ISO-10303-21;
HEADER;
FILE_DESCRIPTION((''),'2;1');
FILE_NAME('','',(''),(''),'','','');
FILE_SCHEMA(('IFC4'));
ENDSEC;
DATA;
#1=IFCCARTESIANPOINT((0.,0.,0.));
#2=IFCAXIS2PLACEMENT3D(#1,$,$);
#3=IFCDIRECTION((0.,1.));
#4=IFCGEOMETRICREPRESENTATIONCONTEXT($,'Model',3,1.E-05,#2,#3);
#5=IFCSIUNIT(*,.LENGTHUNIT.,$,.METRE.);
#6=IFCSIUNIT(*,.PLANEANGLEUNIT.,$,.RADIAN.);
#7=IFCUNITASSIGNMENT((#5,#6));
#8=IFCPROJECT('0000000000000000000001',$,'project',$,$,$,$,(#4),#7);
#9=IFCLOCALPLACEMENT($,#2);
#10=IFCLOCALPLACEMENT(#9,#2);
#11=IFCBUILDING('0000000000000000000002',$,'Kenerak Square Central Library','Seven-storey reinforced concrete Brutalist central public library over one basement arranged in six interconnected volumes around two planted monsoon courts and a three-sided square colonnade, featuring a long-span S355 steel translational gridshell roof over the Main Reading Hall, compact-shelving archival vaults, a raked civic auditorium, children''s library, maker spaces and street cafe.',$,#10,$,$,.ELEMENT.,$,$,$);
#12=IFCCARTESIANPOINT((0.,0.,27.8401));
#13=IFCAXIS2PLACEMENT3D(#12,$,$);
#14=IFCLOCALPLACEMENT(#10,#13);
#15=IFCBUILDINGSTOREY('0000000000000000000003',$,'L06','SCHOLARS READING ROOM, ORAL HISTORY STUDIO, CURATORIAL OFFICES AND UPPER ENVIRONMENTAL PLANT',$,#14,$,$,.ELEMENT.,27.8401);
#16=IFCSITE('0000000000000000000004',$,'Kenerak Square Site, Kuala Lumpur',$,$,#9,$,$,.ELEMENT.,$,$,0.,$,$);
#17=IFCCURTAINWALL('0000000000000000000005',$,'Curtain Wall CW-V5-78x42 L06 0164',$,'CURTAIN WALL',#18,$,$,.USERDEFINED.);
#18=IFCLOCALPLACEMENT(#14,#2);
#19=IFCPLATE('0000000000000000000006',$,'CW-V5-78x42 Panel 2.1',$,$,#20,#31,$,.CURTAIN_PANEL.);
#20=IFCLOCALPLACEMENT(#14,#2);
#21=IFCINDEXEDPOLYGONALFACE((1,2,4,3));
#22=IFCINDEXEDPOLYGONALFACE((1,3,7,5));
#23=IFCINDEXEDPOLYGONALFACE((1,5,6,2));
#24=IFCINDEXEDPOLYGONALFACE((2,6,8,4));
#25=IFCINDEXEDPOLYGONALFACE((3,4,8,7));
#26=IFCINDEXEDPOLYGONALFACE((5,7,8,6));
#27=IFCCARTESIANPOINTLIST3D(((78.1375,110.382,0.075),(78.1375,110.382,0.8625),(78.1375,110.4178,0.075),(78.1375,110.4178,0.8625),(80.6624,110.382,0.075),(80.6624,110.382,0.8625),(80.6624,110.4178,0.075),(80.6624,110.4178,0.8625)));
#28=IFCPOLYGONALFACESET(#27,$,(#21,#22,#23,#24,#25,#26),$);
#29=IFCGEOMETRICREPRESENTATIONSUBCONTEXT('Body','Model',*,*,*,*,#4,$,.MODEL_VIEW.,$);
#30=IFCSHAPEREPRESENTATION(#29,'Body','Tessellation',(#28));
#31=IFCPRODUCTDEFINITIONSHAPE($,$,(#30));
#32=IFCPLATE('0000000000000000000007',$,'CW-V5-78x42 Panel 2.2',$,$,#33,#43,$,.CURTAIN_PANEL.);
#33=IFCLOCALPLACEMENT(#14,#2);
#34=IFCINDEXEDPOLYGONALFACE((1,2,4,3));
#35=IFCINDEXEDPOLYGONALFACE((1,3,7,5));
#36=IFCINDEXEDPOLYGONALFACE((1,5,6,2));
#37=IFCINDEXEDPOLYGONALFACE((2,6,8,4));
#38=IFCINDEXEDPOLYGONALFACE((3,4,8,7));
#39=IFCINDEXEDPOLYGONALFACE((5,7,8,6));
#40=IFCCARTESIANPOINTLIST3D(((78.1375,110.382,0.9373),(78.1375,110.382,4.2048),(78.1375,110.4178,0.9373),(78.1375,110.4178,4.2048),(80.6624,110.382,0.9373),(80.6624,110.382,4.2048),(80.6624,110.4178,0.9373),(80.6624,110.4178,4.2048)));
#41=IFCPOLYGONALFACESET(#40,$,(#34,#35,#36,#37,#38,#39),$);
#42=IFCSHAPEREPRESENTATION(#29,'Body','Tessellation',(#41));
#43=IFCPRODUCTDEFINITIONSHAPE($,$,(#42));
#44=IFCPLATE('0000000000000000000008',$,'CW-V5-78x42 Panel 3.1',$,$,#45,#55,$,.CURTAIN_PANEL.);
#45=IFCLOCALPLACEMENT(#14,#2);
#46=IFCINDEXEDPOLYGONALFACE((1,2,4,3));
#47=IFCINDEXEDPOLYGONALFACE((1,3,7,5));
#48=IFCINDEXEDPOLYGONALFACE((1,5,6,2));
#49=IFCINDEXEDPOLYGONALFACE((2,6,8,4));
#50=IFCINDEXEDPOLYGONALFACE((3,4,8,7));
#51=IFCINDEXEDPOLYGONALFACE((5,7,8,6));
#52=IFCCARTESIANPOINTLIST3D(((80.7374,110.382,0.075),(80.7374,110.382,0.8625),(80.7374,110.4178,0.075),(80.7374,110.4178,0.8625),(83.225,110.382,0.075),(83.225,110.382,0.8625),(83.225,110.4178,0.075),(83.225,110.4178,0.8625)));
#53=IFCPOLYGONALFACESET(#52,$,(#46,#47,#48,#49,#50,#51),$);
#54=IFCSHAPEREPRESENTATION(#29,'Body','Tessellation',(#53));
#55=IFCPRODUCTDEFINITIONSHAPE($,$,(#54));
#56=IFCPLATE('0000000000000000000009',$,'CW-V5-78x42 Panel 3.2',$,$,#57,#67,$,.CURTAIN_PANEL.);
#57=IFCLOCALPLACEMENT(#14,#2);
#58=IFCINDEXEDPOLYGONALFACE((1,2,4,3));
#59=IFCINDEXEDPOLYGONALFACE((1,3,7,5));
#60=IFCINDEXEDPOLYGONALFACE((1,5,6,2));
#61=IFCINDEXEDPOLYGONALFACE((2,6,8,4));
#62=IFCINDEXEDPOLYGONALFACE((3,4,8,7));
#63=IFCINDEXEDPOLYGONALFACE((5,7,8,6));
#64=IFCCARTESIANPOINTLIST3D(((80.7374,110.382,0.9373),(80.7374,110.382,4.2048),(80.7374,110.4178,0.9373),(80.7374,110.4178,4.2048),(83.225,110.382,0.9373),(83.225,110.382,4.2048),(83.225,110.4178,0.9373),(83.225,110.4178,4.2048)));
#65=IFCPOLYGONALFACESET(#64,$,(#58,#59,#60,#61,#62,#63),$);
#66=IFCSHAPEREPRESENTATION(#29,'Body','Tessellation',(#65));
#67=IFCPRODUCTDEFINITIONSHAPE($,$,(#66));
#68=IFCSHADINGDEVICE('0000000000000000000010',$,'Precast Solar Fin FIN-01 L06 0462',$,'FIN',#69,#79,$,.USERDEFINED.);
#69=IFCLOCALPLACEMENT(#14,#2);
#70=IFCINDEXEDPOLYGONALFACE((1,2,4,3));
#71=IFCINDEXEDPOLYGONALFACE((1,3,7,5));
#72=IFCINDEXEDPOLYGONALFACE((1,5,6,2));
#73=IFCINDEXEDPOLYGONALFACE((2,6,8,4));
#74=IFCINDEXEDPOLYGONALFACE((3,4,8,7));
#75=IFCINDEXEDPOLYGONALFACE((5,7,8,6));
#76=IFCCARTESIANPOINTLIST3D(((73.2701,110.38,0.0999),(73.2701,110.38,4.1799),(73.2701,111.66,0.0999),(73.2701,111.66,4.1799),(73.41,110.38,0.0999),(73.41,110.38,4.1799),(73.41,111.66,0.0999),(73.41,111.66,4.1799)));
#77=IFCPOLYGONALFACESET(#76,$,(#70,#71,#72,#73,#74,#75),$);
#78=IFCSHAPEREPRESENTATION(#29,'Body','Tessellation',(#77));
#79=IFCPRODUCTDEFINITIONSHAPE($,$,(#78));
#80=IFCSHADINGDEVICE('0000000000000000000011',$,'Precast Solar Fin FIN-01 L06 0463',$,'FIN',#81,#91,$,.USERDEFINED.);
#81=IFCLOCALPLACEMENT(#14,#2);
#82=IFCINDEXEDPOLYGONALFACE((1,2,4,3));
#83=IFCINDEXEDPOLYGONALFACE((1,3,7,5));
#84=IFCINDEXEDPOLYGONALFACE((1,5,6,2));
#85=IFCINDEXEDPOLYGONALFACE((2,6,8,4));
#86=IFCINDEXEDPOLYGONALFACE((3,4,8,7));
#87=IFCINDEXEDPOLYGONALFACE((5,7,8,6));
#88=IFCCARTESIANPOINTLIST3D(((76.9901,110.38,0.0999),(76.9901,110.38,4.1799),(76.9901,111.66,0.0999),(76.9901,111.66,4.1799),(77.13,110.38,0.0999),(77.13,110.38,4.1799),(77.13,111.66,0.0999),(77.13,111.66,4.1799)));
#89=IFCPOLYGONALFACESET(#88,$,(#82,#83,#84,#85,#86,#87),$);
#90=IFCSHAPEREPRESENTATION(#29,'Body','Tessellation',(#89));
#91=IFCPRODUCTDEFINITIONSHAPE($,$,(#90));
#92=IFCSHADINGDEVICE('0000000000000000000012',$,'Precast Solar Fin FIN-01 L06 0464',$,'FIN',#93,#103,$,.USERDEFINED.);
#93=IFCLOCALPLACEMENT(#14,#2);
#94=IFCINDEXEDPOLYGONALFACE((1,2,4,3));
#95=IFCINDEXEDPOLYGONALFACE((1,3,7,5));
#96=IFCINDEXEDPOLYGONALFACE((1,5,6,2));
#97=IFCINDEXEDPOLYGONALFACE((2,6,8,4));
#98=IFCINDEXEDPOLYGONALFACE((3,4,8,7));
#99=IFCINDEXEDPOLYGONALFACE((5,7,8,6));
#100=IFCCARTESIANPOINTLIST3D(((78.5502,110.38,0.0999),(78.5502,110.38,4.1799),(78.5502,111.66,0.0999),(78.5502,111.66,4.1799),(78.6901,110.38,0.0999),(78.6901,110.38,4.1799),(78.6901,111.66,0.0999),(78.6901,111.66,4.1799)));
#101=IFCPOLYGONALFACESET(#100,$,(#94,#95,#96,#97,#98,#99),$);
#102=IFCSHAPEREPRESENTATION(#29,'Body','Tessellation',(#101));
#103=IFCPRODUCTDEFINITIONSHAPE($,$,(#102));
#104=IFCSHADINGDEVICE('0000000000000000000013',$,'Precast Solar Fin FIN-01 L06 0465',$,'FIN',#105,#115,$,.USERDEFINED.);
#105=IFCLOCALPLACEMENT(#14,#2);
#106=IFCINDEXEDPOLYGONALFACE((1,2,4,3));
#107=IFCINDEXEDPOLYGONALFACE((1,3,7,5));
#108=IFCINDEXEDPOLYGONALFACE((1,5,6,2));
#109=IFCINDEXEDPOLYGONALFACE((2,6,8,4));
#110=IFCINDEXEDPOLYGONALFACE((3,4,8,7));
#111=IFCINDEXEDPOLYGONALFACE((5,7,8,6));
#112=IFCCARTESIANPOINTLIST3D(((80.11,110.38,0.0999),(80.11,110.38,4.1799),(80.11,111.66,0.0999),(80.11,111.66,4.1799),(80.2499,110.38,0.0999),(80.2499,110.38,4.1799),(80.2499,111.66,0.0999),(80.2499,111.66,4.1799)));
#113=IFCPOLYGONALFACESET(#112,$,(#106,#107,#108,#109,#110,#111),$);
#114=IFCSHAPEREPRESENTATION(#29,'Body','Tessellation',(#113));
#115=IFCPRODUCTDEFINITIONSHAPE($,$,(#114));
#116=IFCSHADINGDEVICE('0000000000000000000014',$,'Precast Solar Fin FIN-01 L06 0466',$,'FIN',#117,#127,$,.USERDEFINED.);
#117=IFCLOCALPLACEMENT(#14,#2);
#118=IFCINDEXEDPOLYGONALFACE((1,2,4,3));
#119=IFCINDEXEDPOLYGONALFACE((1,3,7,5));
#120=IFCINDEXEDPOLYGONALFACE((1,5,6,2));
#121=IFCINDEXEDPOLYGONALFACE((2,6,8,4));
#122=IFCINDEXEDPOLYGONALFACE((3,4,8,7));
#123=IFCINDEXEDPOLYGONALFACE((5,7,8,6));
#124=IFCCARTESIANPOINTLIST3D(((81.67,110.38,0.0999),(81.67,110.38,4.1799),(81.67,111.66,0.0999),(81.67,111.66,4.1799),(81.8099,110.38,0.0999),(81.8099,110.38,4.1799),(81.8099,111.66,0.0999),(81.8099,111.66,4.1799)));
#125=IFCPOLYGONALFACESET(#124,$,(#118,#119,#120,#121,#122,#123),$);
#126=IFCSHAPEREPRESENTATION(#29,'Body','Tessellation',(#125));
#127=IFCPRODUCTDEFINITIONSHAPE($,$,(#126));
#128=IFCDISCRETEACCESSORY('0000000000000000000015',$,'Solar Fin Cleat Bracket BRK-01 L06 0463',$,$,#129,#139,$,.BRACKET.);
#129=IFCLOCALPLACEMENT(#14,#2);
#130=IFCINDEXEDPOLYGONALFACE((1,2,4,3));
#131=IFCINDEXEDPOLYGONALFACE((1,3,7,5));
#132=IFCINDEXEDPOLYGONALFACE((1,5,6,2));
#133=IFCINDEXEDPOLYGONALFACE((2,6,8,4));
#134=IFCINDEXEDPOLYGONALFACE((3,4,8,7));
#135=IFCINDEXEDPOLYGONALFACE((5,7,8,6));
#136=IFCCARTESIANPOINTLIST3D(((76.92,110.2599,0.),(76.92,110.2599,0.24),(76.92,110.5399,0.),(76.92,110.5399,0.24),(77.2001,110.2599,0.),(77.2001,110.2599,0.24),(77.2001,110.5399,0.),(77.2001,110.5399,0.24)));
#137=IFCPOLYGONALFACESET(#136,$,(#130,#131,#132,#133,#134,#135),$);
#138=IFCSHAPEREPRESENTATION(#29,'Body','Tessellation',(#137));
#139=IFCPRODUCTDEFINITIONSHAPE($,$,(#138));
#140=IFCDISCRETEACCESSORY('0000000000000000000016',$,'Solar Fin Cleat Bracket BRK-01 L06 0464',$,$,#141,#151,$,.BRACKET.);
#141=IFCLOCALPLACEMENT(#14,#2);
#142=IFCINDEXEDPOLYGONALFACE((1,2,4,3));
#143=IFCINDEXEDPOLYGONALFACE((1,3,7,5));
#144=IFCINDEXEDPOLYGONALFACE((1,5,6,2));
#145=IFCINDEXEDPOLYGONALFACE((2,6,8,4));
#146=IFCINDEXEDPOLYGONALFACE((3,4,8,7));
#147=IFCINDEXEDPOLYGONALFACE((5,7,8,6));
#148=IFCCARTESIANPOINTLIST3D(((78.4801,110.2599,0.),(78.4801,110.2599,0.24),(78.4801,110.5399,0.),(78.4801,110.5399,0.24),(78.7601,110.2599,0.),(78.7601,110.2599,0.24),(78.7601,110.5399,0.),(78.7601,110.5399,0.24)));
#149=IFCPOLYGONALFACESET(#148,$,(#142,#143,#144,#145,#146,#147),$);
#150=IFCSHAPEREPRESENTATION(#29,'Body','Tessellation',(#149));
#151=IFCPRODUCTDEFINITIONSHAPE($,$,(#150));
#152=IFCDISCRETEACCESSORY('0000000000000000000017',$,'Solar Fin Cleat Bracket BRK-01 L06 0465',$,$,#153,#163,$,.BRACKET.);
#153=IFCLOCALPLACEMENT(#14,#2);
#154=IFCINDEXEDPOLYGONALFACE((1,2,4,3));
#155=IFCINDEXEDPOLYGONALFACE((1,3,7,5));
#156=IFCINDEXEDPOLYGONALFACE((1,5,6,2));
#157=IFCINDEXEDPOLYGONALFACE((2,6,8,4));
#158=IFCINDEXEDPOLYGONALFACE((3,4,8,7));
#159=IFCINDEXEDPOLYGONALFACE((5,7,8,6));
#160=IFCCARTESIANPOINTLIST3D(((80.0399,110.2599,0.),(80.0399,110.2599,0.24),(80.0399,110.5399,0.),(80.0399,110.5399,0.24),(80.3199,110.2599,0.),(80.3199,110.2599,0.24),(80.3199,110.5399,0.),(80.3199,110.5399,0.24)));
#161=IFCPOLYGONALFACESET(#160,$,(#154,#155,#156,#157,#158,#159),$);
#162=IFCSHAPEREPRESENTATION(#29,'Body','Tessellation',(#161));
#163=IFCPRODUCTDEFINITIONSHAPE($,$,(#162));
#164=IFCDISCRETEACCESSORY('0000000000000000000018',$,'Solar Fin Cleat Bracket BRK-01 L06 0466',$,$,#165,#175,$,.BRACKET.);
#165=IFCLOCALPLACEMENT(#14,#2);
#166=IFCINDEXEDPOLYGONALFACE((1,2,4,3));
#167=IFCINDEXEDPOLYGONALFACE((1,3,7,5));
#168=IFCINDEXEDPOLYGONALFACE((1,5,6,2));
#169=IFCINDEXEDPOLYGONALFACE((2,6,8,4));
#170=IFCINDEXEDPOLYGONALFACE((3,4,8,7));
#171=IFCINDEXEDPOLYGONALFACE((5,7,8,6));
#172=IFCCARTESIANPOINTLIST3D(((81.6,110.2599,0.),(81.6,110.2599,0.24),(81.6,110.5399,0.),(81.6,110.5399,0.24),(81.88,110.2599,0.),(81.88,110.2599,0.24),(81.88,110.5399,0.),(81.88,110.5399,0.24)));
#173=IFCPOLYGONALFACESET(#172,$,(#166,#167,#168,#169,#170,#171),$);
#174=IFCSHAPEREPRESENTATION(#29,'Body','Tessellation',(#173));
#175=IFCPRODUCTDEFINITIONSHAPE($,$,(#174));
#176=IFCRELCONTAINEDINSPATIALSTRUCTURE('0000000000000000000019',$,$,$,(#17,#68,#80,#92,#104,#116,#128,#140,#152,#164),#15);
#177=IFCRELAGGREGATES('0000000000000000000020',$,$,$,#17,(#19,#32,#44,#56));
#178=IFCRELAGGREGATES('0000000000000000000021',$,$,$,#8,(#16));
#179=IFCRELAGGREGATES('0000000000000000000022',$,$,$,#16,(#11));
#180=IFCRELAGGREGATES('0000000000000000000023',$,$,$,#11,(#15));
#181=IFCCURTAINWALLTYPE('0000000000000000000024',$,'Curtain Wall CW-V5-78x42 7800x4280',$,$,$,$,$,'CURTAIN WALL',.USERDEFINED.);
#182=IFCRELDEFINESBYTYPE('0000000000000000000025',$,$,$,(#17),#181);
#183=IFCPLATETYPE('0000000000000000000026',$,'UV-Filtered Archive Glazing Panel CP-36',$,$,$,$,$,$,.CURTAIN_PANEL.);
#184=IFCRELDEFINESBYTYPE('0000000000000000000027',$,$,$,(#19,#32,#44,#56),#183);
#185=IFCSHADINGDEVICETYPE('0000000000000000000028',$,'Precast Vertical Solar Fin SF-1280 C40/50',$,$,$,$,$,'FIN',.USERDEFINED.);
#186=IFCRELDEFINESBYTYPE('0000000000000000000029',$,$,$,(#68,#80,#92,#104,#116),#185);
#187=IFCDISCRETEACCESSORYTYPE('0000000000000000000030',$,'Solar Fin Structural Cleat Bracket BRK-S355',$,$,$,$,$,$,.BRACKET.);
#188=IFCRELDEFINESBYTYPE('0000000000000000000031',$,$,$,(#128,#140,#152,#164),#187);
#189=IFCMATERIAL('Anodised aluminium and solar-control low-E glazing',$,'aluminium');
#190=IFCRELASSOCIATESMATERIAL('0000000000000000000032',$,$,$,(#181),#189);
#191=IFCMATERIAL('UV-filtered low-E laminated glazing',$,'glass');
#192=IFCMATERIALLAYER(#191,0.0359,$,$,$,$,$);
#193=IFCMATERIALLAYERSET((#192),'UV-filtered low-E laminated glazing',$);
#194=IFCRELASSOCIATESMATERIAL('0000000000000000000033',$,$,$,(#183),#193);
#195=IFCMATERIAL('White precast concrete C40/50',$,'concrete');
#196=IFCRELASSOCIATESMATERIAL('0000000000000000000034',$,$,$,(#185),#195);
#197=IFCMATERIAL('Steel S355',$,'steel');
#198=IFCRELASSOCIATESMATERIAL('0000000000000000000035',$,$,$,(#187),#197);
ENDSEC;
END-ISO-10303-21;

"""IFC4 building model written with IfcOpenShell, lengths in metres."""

from ifc_helpers import new_model, si_unit, direction, frame, origin, origin_2d, place, context, subcontext, project, spatial, rectangle, extrude, material, layer, layer_set, type_object, element, aggregate, save


model = new_model("IFC4")

# Units and contexts
model_context = context("Model", 3, precision=1e-05, world=origin(), true_north=direction((0.0, 1.0)))
body_context = subcontext(model_context, "Body", "Model", "MODEL_VIEW")
ifc_project = project(units=[si_unit("LENGTHUNIT", "METRE"), si_unit("PLANEANGLEUNIT", "RADIAN")], contexts=[model_context])

# Site, building, storey
site_placement = place(None, origin())
site = spatial("IfcSite", under=ifc_project, at=site_placement, Name="Kenerak Square Site, Kuala Lumpur", CompositionType="ELEMENT", RefElevation=0.0)
building_placement = place(site_placement, origin())
building = spatial("IfcBuilding", under=site, at=building_placement, Name="Kenerak Square Central Library", Description="Seven-storey reinforced concrete Brutalist central public library over one basement arranged in six interconnected volumes around two planted monsoon courts and a three-sided square colonnade, featuring a long-span S355 steel translational gridshell roof over the Main Reading Hall, compact-shelving archival vaults, a raked civic auditorium, children's library, maker spaces and street cafe.", CompositionType="ELEMENT")
storey_placement = place(building_placement, frame((0.0, 0.0, 27.8401)))
storey = spatial("IfcBuildingStorey", under=building, at=storey_placement, Name="L06", Description="SCHOLARS READING ROOM, ORAL HISTORY STUDIO, CURATORIAL OFFICES AND UPPER ENVIRONMENTAL PLANT", CompositionType="ELEMENT", Elevation=27.8401)

# Curtain wall, plates
ifc_material_1 = material(Name="Anodised aluminium and solar-control low-E glazing", Category="aluminium")
curtain_wall_type = type_object("IfcCurtainWallType", Name="Curtain Wall CW-V5-78x42 7800x4280", ElementType="CURTAIN WALL", PredefinedType="USERDEFINED", material=ifc_material_1)
curtain_wall_placement = place(storey_placement, origin())
curtain_wall = element("IfcCurtainWall", 1, at=curtain_wall_placement, inside=storey, type_object=curtain_wall_type, Name="Curtain Wall CW-V5-78x42 L06 0164", ObjectType="CURTAIN WALL", PredefinedType="USERDEFINED")
ifc_material_2 = material(Name="UV-filtered low-E laminated glazing", Category="glass")
ifc_layer = layer(ifc_material_2, 0.0359)
ifc_layer_set = layer_set([ifc_layer], Name="UV-filtered low-E laminated glazing")
plate_type = type_object("IfcPlateType", Name="UV-Filtered Archive Glazing Panel CP-36", PredefinedType="CURTAIN_PANEL", material=ifc_layer_set)
plate_1_placement = place(storey_placement, frame((79.3999, 110.3999, 0.075), z_axis=(0.0, 0.0, 1.0), x_axis=(1.0, 0.0, 0.0)))
plate_1 = element("IfcPlate", 2, at=plate_1_placement, type_object=plate_type, Name="CW-V5-78x42 Panel 2.1", PredefinedType="CURTAIN_PANEL", context=body_context, shape_type="SweptSolid", body=[
    extrude(rectangle(XDim=2.5249, YDim=0.0359, at=origin_2d()), origin(), (0.0, 0.0, 1.0), 0.7876),
])
plate_2_placement = place(storey_placement, frame((79.3999, 110.3999, 0.9373), z_axis=(0.0, 0.0, 1.0), x_axis=(1.0, 0.0, 0.0)))
plate_2 = element("IfcPlate", 3, at=plate_2_placement, type_object=plate_type, Name="CW-V5-78x42 Panel 2.2", PredefinedType="CURTAIN_PANEL", context=body_context, shape_type="SweptSolid", body=[
    extrude(rectangle(XDim=2.5249, YDim=0.0359, at=origin_2d()), origin(), (0.0, 0.0, 1.0), 3.2676),
])
plate_3_placement = place(storey_placement, frame((81.9812, 110.3999, 0.075), z_axis=(0.0, 0.0, 1.0), x_axis=(1.0, 0.0, 0.0)))
plate_3 = element("IfcPlate", 4, at=plate_3_placement, type_object=plate_type, Name="CW-V5-78x42 Panel 3.1", PredefinedType="CURTAIN_PANEL", context=body_context, shape_type="SweptSolid", body=[
    extrude(rectangle(XDim=2.4875, YDim=0.0359, at=origin_2d()), origin(), (0.0, 0.0, 1.0), 0.7876),
])
plate_4_placement = place(storey_placement, frame((81.9812, 110.3999, 0.9373), z_axis=(0.0, 0.0, 1.0), x_axis=(1.0, 0.0, 0.0)))
plate_4 = element("IfcPlate", 5, at=plate_4_placement, type_object=plate_type, Name="CW-V5-78x42 Panel 3.2", PredefinedType="CURTAIN_PANEL", context=body_context, shape_type="SweptSolid", body=[
    extrude(rectangle(XDim=2.4875, YDim=0.0359, at=origin_2d()), origin(), (0.0, 0.0, 1.0), 3.2676),
])
aggregate(curtain_wall, [plate_1, plate_2, plate_3, plate_4])

# Shading devices
ifc_material_3 = material(Name="White precast concrete C40/50", Category="concrete")
shading_device_type = type_object("IfcShadingDeviceType", Name="Precast Vertical Solar Fin SF-1280 C40/50", ElementType="FIN", PredefinedType="USERDEFINED", material=ifc_material_3)
for number, where, z_axis, x_axis, name in (
    (6, (73.3401, 111.02, 0.0999), (0.0, 0.0, 1.0), (1.0, 0.0, 0.0), "Precast Solar Fin FIN-01 L06 0462"),
    (7, (77.0601, 111.02, 0.0999), (0.0, 0.0, 1.0), (1.0, 0.0, 0.0), "Precast Solar Fin FIN-01 L06 0463"),
    (8, (78.6201, 111.02, 0.0999), (0.0, 0.0, 1.0), (1.0, 0.0, 0.0), "Precast Solar Fin FIN-01 L06 0464"),
    (9, (80.1799, 111.02, 0.0999), (0.0, 0.0, 1.0), (1.0, 0.0, 0.0), "Precast Solar Fin FIN-01 L06 0465"),
    (10, (81.74, 111.02, 0.0999), (0.0, 0.0, 1.0), (1.0, 0.0, 0.0), "Precast Solar Fin FIN-01 L06 0466"),
):
    element("IfcShadingDevice", number, at=place(storey_placement, frame(where, z_axis=z_axis, x_axis=x_axis)), inside=storey, type_object=shading_device_type, Name=name, ObjectType="FIN", PredefinedType="USERDEFINED", context=body_context, shape_type="SweptSolid", body=[
        extrude(rectangle(XDim=0.1399, YDim=1.28, at=origin_2d()), origin(), (0.0, 0.0, 1.0), 4.0801),
    ])

# Discrete accessories
ifc_material_4 = material(Name="Steel S355", Category="steel")
discrete_accessory_type = type_object("IfcDiscreteAccessoryType", Name="Solar Fin Structural Cleat Bracket BRK-S355", PredefinedType="BRACKET", material=ifc_material_4)
for number, where, z_axis, x_axis, name in (
    (11, (77.0601, 110.3999, 0.0), (0.0, 0.0, 1.0), (1.0, 0.0, 0.0), "Solar Fin Cleat Bracket BRK-01 L06 0463"),
    (12, (78.6201, 110.3999, 0.0), (0.0, 0.0, 1.0), (1.0, 0.0, 0.0), "Solar Fin Cleat Bracket BRK-01 L06 0464"),
    (13, (80.1799, 110.3999, 0.0), (0.0, 0.0, 1.0), (1.0, 0.0, 0.0), "Solar Fin Cleat Bracket BRK-01 L06 0465"),
    (14, (81.74, 110.3999, 0.0), (0.0, 0.0, 1.0), (1.0, 0.0, 0.0), "Solar Fin Cleat Bracket BRK-01 L06 0466"),
):
    element("IfcDiscreteAccessory", number, at=place(storey_placement, frame(where, z_axis=z_axis, x_axis=x_axis)), inside=storey, type_object=discrete_accessory_type, Name=name, PredefinedType="BRACKET", context=body_context, shape_type="SweptSolid", body=[
        extrude(rectangle(XDim=0.28, YDim=0.28, at=origin_2d()), origin(), (0.0, 0.0, 1.0), 0.24),
    ])

save(model, "model.ifc")
